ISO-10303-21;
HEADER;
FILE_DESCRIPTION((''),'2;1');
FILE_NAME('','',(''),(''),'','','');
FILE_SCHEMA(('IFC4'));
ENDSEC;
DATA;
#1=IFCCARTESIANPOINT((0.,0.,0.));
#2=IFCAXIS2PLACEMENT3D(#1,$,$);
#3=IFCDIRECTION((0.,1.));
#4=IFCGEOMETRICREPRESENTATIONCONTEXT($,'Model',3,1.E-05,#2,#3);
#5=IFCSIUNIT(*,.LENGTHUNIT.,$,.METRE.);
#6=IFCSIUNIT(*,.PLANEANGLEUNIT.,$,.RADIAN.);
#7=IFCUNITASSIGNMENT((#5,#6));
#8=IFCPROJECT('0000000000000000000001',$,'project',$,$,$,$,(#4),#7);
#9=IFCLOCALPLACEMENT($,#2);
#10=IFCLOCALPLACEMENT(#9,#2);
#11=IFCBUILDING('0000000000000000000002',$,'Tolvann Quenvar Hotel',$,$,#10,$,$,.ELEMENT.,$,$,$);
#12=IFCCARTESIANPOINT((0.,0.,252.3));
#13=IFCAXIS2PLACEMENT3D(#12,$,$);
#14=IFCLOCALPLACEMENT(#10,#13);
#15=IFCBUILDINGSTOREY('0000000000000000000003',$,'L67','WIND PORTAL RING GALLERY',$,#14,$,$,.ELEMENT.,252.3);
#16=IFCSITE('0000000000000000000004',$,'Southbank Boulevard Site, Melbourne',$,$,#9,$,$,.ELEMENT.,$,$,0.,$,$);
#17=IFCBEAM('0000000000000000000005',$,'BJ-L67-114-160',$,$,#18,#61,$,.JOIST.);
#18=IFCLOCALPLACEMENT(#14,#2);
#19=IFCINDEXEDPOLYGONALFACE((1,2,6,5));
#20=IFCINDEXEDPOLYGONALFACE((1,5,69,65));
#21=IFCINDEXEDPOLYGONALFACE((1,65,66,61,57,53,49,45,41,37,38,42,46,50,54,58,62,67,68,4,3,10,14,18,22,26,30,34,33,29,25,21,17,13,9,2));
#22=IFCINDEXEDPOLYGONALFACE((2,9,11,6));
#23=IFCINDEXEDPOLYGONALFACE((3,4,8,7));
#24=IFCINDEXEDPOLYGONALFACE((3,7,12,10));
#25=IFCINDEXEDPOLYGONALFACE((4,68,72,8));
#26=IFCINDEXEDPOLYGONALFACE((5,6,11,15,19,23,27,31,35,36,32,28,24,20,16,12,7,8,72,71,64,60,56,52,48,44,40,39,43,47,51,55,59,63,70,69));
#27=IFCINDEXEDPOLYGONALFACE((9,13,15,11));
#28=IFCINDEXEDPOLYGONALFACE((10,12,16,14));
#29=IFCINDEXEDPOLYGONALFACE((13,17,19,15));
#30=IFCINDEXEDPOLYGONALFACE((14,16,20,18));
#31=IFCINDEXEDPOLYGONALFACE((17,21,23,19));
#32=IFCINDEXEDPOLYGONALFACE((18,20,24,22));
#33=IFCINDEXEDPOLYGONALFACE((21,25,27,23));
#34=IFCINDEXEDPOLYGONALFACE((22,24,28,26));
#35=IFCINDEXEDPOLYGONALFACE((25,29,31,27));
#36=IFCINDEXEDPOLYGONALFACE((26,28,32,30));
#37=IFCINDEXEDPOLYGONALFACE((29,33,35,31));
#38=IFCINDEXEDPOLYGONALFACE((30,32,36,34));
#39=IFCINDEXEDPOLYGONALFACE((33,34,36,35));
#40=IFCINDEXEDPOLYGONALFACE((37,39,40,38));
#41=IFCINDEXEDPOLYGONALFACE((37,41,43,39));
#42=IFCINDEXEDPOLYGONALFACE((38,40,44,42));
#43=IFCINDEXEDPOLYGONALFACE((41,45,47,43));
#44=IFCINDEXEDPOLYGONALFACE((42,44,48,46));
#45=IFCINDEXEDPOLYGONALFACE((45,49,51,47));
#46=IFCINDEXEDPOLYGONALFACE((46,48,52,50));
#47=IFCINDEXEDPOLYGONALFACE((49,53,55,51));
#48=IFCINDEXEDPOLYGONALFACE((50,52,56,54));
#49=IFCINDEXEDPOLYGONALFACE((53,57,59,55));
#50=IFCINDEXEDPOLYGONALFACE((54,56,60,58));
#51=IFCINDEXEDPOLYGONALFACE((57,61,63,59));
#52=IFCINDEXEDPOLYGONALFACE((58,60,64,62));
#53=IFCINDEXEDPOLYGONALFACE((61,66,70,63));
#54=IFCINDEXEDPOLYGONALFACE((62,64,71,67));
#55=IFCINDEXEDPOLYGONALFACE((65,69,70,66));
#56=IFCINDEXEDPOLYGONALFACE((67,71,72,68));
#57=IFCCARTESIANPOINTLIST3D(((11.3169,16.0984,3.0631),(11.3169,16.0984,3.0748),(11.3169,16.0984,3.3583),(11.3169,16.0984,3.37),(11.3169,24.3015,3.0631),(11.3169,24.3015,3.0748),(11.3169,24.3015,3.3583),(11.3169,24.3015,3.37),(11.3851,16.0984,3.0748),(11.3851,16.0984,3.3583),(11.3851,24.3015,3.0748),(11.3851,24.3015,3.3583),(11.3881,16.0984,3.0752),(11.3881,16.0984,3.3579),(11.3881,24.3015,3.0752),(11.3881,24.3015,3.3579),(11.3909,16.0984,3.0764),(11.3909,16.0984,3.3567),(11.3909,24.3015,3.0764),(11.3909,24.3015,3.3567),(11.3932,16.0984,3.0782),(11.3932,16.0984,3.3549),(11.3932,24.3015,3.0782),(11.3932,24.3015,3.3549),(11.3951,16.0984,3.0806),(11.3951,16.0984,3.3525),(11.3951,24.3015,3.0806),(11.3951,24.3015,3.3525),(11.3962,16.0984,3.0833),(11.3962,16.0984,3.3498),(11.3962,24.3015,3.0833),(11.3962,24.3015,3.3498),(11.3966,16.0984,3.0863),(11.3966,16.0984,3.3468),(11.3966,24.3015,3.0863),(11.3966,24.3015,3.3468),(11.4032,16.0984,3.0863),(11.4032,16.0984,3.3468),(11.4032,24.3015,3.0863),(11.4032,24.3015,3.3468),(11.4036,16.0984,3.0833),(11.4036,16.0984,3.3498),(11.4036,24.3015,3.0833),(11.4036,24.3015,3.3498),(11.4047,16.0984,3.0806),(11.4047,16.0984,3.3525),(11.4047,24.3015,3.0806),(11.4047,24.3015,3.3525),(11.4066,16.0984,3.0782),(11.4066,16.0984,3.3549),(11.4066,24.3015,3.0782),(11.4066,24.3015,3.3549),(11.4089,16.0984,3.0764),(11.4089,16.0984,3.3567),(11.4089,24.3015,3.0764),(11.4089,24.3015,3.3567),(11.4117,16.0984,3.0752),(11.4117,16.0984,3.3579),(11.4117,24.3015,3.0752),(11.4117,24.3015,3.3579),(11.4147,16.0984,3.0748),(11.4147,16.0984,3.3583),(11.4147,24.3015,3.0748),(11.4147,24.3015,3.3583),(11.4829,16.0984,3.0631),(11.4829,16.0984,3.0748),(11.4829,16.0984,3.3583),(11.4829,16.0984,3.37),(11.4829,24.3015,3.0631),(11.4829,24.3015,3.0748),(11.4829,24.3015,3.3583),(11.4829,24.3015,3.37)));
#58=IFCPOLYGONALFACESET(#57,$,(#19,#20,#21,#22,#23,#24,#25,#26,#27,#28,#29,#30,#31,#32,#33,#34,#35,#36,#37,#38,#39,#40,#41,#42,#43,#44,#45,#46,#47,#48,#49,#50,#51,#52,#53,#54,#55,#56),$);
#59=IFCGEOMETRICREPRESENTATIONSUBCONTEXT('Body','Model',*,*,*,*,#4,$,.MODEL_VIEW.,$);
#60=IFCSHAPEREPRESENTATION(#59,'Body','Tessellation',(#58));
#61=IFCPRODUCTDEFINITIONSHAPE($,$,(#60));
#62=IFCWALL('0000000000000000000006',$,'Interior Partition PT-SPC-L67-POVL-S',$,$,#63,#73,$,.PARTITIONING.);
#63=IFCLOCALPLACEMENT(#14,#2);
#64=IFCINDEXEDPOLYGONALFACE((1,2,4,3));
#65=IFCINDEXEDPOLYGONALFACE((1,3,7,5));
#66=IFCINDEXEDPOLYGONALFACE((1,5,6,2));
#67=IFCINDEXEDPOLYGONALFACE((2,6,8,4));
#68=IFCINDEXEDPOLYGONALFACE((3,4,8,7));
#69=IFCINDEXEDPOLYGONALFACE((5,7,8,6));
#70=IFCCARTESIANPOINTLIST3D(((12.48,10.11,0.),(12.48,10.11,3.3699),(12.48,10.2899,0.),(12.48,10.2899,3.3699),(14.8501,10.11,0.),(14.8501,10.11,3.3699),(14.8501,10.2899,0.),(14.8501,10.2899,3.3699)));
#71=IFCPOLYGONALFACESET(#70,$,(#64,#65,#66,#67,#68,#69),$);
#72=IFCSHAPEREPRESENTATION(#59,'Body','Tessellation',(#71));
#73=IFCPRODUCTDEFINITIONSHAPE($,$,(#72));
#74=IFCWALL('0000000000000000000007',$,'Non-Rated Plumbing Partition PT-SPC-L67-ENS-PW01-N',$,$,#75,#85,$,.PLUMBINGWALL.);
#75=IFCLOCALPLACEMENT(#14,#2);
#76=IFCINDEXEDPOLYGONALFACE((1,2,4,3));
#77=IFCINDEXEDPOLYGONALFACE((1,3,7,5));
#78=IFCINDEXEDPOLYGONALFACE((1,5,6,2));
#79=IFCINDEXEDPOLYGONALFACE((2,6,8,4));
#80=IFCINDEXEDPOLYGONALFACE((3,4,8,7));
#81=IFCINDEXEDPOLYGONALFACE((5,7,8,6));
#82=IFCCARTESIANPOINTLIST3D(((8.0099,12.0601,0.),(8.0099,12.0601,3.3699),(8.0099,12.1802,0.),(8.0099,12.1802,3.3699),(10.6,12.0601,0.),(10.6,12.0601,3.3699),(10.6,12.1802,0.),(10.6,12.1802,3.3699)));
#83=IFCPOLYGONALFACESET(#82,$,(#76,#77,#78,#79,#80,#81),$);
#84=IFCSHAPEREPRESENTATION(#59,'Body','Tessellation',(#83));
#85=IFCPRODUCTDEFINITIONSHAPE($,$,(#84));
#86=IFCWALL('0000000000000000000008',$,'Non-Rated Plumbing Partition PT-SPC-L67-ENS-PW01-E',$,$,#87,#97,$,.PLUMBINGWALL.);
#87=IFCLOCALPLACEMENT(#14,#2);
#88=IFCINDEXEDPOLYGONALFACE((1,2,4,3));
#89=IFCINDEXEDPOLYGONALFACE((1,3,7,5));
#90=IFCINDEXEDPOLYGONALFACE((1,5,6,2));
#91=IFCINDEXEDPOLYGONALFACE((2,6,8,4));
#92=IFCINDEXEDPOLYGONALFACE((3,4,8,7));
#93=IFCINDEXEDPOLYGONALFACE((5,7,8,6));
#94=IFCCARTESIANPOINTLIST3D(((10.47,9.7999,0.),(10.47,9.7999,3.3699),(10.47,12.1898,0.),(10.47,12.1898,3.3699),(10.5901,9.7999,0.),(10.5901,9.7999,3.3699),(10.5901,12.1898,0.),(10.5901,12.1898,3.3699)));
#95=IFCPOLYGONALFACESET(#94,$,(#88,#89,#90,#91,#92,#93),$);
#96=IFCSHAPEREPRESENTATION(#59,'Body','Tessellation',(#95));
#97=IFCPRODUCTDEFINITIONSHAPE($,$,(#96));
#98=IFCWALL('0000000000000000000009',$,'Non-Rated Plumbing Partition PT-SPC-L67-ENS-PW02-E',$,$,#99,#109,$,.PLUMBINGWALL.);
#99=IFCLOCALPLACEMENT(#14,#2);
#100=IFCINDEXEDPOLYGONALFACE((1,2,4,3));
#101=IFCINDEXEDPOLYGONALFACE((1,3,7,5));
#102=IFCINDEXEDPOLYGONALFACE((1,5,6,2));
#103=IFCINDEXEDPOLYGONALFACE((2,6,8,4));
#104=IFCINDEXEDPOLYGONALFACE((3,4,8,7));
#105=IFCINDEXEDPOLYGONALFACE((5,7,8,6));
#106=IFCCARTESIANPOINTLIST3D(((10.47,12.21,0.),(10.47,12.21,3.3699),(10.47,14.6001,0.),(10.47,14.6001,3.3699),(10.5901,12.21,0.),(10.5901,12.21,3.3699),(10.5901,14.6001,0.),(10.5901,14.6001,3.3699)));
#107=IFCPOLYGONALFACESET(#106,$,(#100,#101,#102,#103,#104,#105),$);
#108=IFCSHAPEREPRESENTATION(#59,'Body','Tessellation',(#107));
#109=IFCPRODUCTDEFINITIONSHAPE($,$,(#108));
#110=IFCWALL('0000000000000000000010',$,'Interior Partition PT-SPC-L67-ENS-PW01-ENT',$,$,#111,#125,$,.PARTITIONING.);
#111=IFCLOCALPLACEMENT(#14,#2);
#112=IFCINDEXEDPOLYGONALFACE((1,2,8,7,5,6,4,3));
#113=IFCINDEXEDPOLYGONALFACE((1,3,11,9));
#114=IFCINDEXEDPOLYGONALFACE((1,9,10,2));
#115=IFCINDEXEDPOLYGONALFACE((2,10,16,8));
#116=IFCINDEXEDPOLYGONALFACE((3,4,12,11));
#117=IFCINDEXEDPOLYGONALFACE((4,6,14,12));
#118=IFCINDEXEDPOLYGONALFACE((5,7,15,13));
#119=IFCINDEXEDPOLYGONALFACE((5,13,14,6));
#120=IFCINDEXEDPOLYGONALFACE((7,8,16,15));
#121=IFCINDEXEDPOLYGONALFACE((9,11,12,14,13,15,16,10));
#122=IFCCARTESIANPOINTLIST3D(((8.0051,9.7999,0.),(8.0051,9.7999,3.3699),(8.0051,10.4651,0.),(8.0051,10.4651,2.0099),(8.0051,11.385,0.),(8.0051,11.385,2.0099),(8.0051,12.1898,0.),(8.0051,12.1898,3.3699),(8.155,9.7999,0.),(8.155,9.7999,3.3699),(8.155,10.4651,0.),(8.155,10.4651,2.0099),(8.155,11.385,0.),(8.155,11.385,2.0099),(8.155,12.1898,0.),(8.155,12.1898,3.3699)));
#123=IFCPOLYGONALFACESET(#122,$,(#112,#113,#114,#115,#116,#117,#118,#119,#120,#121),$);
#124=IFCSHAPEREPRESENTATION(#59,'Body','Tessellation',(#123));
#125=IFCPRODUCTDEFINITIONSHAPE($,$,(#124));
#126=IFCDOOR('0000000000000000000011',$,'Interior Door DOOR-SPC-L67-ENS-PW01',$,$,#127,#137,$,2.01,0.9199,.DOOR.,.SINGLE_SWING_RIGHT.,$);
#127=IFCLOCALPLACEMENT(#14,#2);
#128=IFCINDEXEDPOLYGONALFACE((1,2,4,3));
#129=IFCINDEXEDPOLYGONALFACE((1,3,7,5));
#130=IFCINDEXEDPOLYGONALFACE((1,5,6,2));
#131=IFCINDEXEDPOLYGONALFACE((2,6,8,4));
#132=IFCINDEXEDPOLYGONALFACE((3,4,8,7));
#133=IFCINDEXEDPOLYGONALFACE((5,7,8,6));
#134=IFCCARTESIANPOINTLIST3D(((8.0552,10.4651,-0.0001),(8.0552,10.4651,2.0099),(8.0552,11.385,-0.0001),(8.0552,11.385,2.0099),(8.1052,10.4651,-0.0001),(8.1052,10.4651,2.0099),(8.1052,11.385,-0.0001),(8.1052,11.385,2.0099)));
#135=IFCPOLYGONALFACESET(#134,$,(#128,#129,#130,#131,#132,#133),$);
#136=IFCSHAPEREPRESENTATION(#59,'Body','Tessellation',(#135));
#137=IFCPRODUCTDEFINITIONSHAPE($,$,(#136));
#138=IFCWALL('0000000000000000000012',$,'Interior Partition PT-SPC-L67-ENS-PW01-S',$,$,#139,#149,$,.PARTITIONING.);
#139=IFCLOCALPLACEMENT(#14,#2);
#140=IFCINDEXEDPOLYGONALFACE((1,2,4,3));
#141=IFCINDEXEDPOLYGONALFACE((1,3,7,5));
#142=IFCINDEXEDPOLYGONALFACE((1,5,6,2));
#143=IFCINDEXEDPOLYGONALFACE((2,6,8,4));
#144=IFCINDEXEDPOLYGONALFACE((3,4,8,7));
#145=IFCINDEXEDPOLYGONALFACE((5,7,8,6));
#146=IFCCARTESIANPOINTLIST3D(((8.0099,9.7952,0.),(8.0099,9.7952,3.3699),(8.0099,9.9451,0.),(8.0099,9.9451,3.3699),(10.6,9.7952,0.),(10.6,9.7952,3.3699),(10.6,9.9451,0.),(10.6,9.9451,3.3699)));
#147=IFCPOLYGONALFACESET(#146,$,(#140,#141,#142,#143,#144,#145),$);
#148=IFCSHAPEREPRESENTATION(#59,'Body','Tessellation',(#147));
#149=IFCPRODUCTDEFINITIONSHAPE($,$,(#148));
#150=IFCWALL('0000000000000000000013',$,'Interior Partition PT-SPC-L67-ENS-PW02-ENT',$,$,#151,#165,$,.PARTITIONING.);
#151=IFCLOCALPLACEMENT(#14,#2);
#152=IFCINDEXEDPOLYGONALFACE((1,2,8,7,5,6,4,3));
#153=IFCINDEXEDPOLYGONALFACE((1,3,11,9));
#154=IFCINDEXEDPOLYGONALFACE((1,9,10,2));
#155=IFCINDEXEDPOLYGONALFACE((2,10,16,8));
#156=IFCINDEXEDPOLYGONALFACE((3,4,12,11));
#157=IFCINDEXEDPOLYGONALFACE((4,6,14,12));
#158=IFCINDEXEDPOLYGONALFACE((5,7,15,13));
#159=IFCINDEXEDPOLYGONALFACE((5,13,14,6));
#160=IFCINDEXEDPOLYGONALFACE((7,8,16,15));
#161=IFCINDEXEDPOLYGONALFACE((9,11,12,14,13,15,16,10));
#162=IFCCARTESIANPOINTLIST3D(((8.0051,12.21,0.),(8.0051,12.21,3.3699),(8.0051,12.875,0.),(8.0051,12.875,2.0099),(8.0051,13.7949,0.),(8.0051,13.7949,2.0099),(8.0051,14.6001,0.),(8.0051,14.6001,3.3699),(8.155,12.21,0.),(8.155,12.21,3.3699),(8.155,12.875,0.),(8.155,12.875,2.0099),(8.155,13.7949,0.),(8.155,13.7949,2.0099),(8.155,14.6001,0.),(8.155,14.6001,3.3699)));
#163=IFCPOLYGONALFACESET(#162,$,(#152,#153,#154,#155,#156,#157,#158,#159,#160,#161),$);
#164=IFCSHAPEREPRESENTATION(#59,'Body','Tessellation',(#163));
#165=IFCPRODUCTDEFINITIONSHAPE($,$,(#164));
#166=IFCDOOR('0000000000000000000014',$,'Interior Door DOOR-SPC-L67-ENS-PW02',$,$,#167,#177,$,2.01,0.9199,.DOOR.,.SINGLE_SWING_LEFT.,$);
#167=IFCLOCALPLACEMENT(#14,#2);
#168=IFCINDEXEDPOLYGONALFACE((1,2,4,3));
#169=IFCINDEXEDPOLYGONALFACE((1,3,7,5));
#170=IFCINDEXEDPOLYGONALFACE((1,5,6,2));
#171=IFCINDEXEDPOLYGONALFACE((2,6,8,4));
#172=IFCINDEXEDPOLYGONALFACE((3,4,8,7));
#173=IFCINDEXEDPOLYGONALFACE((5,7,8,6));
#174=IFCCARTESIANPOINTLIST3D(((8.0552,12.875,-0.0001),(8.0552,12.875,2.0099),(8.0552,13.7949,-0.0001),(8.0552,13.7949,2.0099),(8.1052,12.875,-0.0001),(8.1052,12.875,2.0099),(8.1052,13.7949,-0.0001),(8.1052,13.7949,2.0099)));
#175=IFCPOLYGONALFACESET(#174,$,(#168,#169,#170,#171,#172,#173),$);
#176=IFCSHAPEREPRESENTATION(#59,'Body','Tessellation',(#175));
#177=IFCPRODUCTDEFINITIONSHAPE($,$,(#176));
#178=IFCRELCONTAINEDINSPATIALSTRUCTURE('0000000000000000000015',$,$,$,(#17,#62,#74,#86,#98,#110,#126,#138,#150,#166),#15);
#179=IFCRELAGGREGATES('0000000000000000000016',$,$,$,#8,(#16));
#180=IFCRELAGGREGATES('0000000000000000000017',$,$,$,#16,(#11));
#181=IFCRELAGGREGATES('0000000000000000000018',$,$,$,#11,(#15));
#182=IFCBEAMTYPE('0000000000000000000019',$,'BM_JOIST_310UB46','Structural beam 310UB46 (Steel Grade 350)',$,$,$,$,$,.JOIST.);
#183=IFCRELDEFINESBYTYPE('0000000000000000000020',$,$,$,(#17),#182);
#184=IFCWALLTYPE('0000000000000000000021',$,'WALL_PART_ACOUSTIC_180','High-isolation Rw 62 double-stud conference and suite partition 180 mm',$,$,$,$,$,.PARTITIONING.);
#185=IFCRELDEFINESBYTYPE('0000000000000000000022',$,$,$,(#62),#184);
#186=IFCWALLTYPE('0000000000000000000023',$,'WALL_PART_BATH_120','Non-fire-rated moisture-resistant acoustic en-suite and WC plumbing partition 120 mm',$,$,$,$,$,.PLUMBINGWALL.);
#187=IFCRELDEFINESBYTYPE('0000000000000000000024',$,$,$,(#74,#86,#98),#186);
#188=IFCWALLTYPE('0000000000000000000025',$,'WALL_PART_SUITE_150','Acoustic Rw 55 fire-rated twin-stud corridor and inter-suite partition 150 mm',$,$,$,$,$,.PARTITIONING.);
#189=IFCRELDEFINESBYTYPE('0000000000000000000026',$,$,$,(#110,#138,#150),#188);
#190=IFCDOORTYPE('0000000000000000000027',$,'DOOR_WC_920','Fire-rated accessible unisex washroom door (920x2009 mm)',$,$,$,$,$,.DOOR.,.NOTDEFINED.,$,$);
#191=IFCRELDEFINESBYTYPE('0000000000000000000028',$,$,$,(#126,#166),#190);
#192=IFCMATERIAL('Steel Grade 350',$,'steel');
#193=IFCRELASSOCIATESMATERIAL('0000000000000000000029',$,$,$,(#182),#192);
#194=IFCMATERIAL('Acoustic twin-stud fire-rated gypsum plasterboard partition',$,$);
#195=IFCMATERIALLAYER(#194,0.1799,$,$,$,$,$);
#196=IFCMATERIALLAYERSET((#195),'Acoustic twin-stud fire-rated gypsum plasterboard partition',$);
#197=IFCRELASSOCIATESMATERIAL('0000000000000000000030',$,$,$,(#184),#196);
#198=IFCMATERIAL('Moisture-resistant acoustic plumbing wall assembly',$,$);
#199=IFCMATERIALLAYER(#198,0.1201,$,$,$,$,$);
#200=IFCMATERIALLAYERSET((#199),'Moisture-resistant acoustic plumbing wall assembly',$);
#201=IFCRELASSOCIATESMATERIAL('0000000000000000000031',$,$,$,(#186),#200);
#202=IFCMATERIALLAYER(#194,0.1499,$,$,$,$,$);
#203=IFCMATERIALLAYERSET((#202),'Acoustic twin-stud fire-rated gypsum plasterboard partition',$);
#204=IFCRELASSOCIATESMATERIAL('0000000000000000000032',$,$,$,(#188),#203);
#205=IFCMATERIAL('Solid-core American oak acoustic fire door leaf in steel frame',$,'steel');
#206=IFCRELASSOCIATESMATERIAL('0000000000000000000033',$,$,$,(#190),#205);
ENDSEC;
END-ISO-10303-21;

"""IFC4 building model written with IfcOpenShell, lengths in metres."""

from ifc_helpers import new_model, si_unit, direction, frame, frame_2d, origin, origin_2d, place, context, subcontext, project, spatial, rectangle, i_section, extrude, source, transform, mapped, material, layer, layer_set, material_profile, profile_set, type_object, type_shapes, element, fill, save


model = new_model("IFC4")

# Units and contexts
model_context = context("Model", 3, precision=1e-05, world=origin(), true_north=direction((0.0, 1.0)))
body_context = subcontext(model_context, "Body", "Model", "MODEL_VIEW")
ifc_project = project(units=[si_unit("LENGTHUNIT", "METRE"), si_unit("PLANEANGLEUNIT", "RADIAN")], contexts=[model_context])

# Site, building, storey
site_placement = place(None, origin())
site = spatial("IfcSite", under=ifc_project, at=site_placement, Name="Southbank Boulevard Site, Melbourne", CompositionType="ELEMENT", RefElevation=0.0)
building_placement = place(site_placement, origin())
building = spatial("IfcBuilding", under=site, at=building_placement, Name="Tolvann Quenvar Hotel", CompositionType="ELEMENT")
storey_placement = place(building_placement, frame((0.0, 0.0, 252.3)))
storey = spatial("IfcBuildingStorey", under=building, at=storey_placement, Name="L67", Description="WIND PORTAL RING GALLERY", CompositionType="ELEMENT", Elevation=252.3)

# Shared definitions
ifc_material_1 = material(Name="Steel Grade 350", Category="steel")

# Beam
ifc_material_profile_1 = material_profile(ifc_material_1, i_section(OverallWidth=0.166, OverallDepth=0.3069, WebThickness=0.0066, FlangeThickness=0.0117, FilletRadius=0.0115, at=origin_2d()), Name="310UB46")
ifc_profile_set_1 = profile_set([ifc_material_profile_1], Name="Steel Grade 350")
beam_type_1 = type_object("IfcBeamType", Name="BM_JOIST_310UB46", Description="Structural beam 310UB46 (Steel Grade 350)", PredefinedType="JOIST", material=ifc_profile_set_1)
shared_shape_1 = source(origin(), body_context, "Body", "SweptSolid", [
    extrude(i_section(OverallWidth=0.166, OverallDepth=0.3069, WebThickness=0.0066, FlangeThickness=0.0117, FilletRadius=0.0115, at=origin_2d()), origin(), (0.0, 0.0, 1.0), 8.2031),
])
type_shapes(beam_type_1, [shared_shape_1])
beam_1_placement = place(storey_placement, frame((11.3999, 16.0984, 3.2166), z_axis=(0.0, 1.0, 0.0), x_axis=(-1.0, 0.0, 0.0)))
element("IfcBeam", 1, at=beam_1_placement, inside=storey, type_object=beam_type_1, Name="BJ-L67-114-160", PredefinedType="JOIST", context=body_context, shape_type="MappedRepresentation", body=[
    mapped(shared_shape_1, transform((0.0, 0.0, 0.0), x_axis=(1.0, 0.0, 0.0), y_axis=(0.0, 1.0, 0.0), z_axis=(0.0, 0.0, 1.0), scale=1.0)),
])

# Walls
ifc_material_2 = material(Name="Acoustic twin-stud fire-rated gypsum plasterboard partition")
ifc_layer_1 = layer(ifc_material_2, 0.1799)
ifc_layer_set_1 = layer_set([ifc_layer_1], Name="Acoustic twin-stud fire-rated gypsum plasterboard partition")
wall_type_1 = type_object("IfcWallType", Name="WALL_PART_ACOUSTIC_180", Description="High-isolation Rw 62 double-stud conference and suite partition 180 mm", PredefinedType="PARTITIONING", material=ifc_layer_set_1)
wall_1_placement = place(storey_placement, frame((12.48, 10.2, 0.0), z_axis=(0.0, 0.0, 1.0), x_axis=(1.0, 0.0, 0.0)))
element("IfcWall", 2, at=wall_1_placement, inside=storey, type_object=wall_type_1, Name="Interior Partition PT-SPC-L67-POVL-S", PredefinedType="PARTITIONING", context=body_context, shape_type="SweptSolid", body=[
    extrude(rectangle(XDim=2.3701, YDim=0.1799, at=frame_2d((1.1851, 0.0))), origin(), (0.0, 0.0, 1.0), 3.3699),
])
ifc_material_3 = material(Name="Moisture-resistant acoustic plumbing wall assembly")
ifc_layer_2 = layer(ifc_material_3, 0.1201)
ifc_layer_set_2 = layer_set([ifc_layer_2], Name="Moisture-resistant acoustic plumbing wall assembly")
wall_type_2 = type_object("IfcWallType", Name="WALL_PART_BATH_120", Description="Non-fire-rated moisture-resistant acoustic en-suite and WC plumbing partition 120 mm", PredefinedType="PLUMBINGWALL", material=ifc_layer_set_2)
wall_2_placement = place(storey_placement, frame((8.01, 12.1201, 0.0), z_axis=(0.0, 0.0, 1.0), x_axis=(1.0, 0.0, 0.0)))
element("IfcWall", 3, at=wall_2_placement, inside=storey, type_object=wall_type_2, Name="Non-Rated Plumbing Partition PT-SPC-L67-ENS-PW01-N", PredefinedType="PLUMBINGWALL", context=body_context, shape_type="SweptSolid", body=[
    extrude(rectangle(XDim=2.5901, YDim=0.1201, at=frame_2d((1.2949, 0.0))), origin(), (0.0, 0.0, 1.0), 3.3699),
])
wall_3_placement = place(storey_placement, frame((10.53, 9.8, 0.0), z_axis=(0.0, 0.0, 1.0), x_axis=(0.0, 1.0, 0.0)))
element("IfcWall", 4, at=wall_3_placement, inside=storey, type_object=wall_type_2, Name="Non-Rated Plumbing Partition PT-SPC-L67-ENS-PW01-E", PredefinedType="PLUMBINGWALL", context=body_context, shape_type="SweptSolid", body=[
    extrude(rectangle(XDim=2.3899, YDim=0.1201, at=frame_2d((1.1948, 0.0))), origin(), (0.0, 0.0, 1.0), 3.3699),
])
wall_4_placement = place(storey_placement, frame((10.53, 12.21, 0.0), z_axis=(0.0, 0.0, 1.0), x_axis=(0.0, 1.0, 0.0)))
element("IfcWall", 5, at=wall_4_placement, inside=storey, type_object=wall_type_2, Name="Non-Rated Plumbing Partition PT-SPC-L67-ENS-PW02-E", PredefinedType="PLUMBINGWALL", context=body_context, shape_type="SweptSolid", body=[
    extrude(rectangle(XDim=2.3901, YDim=0.1201, at=frame_2d((1.1951, 0.0))), origin(), (0.0, 0.0, 1.0), 3.3699),
])

# Wall, opening, door
ifc_layer_3 = layer(ifc_material_2, 0.1499)
ifc_layer_set_3 = layer_set([ifc_layer_3], Name="Acoustic twin-stud fire-rated gypsum plasterboard partition")
wall_type_3 = type_object("IfcWallType", Name="WALL_PART_SUITE_150", Description="Acoustic Rw 55 fire-rated twin-stud corridor and inter-suite partition 150 mm", PredefinedType="PARTITIONING", material=ifc_layer_set_3)
wall_5_placement = place(storey_placement, frame((8.0801, 9.8, 0.0), z_axis=(0.0, 0.0, 1.0), x_axis=(0.0, 1.0, 0.0)))
wall_5 = element("IfcWall", 6, at=wall_5_placement, inside=storey, type_object=wall_type_3, Name="Interior Partition PT-SPC-L67-ENS-PW01-ENT", PredefinedType="PARTITIONING", context=body_context, shape_type="SweptSolid", body=[
    extrude(rectangle(XDim=2.3899, YDim=0.1499, at=frame_2d((1.1948, 0.0))), origin(), (0.0, 0.0, 1.0), 3.3699),
])
opening_1_placement = place(wall_5_placement, frame((0.665, 0.0, 0.0)))
opening_1 = element("IfcOpeningElement", 7, at=opening_1_placement, cuts=wall_5, PredefinedType="OPENING", context=body_context, shape_type="SweptSolid", body=[
    extrude(rectangle(XDim=0.9199, YDim=2.01, at=frame_2d((0.46, 1.0049))), frame((0.0, 0.085, 0.0), z_axis=(0.0, -1.0, 0.0), x_axis=(1.0, 0.0, 0.0)), (0.0, 0.0, 1.0), 0.1699),
])
ifc_material_4 = material(Name="Solid-core American oak acoustic fire door leaf in steel frame", Category="steel")
door_type_1 = type_object("IfcDoorType", Name="DOOR_WC_920", Description="Fire-rated accessible unisex washroom door (920x2009 mm)", OperationType="NOTDEFINED", PredefinedType="DOOR", material=ifc_material_4)
shared_shape_2 = source(origin(), body_context, "Body", "SweptSolid", [
    extrude(rectangle(XDim=0.9199, YDim=2.01, at=frame_2d((0.46, 1.0049))), frame((0.0, 0.0249, 0.0), z_axis=(0.0, -1.0, 0.0), x_axis=(1.0, 0.0, 0.0)), (0.0, 0.0, 1.0), 0.05),
])
type_shapes(door_type_1, [shared_shape_2])
door_1_placement = place(opening_1_placement, origin())
door_1 = element("IfcDoor", 8, at=door_1_placement, inside=storey, type_object=door_type_1, Name="Interior Door DOOR-SPC-L67-ENS-PW01", OperationType="SINGLE_SWING_RIGHT", OverallHeight=2.01, OverallWidth=0.9199, PredefinedType="DOOR", context=body_context, shape_type="MappedRepresentation", body=[
    mapped(shared_shape_2, transform((0.0, 0.0, 0.0), x_axis=(1.0, 0.0, 0.0), y_axis=(0.0, 1.0, 0.0), z_axis=(0.0, 0.0, 1.0), scale=1.0)),
])
fill(opening_1, door_1)

# Wall
wall_6_placement = place(storey_placement, frame((8.01, 9.8701, 0.0), z_axis=(0.0, 0.0, 1.0), x_axis=(1.0, 0.0, 0.0)))
element("IfcWall", 9, at=wall_6_placement, inside=storey, type_object=wall_type_3, Name="Interior Partition PT-SPC-L67-ENS-PW01-S", PredefinedType="PARTITIONING", context=body_context, shape_type="SweptSolid", body=[
    extrude(rectangle(XDim=2.5901, YDim=0.1499, at=frame_2d((1.2949, 0.0))), origin(), (0.0, 0.0, 1.0), 3.3699),
])

# Wall, opening, door
wall_7_placement = place(storey_placement, frame((8.0801, 12.21, 0.0), z_axis=(0.0, 0.0, 1.0), x_axis=(0.0, 1.0, 0.0)))
wall_7 = element("IfcWall", 10, at=wall_7_placement, inside=storey, type_object=wall_type_3, Name="Interior Partition PT-SPC-L67-ENS-PW02-ENT", PredefinedType="PARTITIONING", context=body_context, shape_type="SweptSolid", body=[
    extrude(rectangle(XDim=2.3901, YDim=0.1499, at=frame_2d((1.1951, 0.0))), origin(), (0.0, 0.0, 1.0), 3.3699),
])
opening_2_placement = place(wall_7_placement, frame((0.665, 0.0, 0.0)))
opening_2 = element("IfcOpeningElement", 11, at=opening_2_placement, cuts=wall_7, PredefinedType="OPENING", context=body_context, shape_type="SweptSolid", body=[
    extrude(rectangle(XDim=0.9199, YDim=2.01, at=frame_2d((0.46, 1.0049))), frame((0.0, 0.085, 0.0), z_axis=(0.0, -1.0, 0.0), x_axis=(1.0, 0.0, 0.0)), (0.0, 0.0, 1.0), 0.1699),
])
door_2_placement = place(opening_2_placement, origin())
door_2 = element("IfcDoor", 12, at=door_2_placement, inside=storey, type_object=door_type_1, Name="Interior Door DOOR-SPC-L67-ENS-PW02", OperationType="SINGLE_SWING_LEFT", OverallHeight=2.01, OverallWidth=0.9199, PredefinedType="DOOR", context=body_context, shape_type="MappedRepresentation", body=[
    mapped(shared_shape_2, transform((0.0, 0.0, 0.0), x_axis=(1.0, 0.0, 0.0), y_axis=(0.0, 1.0, 0.0), z_axis=(0.0, 0.0, 1.0), scale=1.0)),
])
fill(opening_2, door_2)

save(model, "model.ifc")
